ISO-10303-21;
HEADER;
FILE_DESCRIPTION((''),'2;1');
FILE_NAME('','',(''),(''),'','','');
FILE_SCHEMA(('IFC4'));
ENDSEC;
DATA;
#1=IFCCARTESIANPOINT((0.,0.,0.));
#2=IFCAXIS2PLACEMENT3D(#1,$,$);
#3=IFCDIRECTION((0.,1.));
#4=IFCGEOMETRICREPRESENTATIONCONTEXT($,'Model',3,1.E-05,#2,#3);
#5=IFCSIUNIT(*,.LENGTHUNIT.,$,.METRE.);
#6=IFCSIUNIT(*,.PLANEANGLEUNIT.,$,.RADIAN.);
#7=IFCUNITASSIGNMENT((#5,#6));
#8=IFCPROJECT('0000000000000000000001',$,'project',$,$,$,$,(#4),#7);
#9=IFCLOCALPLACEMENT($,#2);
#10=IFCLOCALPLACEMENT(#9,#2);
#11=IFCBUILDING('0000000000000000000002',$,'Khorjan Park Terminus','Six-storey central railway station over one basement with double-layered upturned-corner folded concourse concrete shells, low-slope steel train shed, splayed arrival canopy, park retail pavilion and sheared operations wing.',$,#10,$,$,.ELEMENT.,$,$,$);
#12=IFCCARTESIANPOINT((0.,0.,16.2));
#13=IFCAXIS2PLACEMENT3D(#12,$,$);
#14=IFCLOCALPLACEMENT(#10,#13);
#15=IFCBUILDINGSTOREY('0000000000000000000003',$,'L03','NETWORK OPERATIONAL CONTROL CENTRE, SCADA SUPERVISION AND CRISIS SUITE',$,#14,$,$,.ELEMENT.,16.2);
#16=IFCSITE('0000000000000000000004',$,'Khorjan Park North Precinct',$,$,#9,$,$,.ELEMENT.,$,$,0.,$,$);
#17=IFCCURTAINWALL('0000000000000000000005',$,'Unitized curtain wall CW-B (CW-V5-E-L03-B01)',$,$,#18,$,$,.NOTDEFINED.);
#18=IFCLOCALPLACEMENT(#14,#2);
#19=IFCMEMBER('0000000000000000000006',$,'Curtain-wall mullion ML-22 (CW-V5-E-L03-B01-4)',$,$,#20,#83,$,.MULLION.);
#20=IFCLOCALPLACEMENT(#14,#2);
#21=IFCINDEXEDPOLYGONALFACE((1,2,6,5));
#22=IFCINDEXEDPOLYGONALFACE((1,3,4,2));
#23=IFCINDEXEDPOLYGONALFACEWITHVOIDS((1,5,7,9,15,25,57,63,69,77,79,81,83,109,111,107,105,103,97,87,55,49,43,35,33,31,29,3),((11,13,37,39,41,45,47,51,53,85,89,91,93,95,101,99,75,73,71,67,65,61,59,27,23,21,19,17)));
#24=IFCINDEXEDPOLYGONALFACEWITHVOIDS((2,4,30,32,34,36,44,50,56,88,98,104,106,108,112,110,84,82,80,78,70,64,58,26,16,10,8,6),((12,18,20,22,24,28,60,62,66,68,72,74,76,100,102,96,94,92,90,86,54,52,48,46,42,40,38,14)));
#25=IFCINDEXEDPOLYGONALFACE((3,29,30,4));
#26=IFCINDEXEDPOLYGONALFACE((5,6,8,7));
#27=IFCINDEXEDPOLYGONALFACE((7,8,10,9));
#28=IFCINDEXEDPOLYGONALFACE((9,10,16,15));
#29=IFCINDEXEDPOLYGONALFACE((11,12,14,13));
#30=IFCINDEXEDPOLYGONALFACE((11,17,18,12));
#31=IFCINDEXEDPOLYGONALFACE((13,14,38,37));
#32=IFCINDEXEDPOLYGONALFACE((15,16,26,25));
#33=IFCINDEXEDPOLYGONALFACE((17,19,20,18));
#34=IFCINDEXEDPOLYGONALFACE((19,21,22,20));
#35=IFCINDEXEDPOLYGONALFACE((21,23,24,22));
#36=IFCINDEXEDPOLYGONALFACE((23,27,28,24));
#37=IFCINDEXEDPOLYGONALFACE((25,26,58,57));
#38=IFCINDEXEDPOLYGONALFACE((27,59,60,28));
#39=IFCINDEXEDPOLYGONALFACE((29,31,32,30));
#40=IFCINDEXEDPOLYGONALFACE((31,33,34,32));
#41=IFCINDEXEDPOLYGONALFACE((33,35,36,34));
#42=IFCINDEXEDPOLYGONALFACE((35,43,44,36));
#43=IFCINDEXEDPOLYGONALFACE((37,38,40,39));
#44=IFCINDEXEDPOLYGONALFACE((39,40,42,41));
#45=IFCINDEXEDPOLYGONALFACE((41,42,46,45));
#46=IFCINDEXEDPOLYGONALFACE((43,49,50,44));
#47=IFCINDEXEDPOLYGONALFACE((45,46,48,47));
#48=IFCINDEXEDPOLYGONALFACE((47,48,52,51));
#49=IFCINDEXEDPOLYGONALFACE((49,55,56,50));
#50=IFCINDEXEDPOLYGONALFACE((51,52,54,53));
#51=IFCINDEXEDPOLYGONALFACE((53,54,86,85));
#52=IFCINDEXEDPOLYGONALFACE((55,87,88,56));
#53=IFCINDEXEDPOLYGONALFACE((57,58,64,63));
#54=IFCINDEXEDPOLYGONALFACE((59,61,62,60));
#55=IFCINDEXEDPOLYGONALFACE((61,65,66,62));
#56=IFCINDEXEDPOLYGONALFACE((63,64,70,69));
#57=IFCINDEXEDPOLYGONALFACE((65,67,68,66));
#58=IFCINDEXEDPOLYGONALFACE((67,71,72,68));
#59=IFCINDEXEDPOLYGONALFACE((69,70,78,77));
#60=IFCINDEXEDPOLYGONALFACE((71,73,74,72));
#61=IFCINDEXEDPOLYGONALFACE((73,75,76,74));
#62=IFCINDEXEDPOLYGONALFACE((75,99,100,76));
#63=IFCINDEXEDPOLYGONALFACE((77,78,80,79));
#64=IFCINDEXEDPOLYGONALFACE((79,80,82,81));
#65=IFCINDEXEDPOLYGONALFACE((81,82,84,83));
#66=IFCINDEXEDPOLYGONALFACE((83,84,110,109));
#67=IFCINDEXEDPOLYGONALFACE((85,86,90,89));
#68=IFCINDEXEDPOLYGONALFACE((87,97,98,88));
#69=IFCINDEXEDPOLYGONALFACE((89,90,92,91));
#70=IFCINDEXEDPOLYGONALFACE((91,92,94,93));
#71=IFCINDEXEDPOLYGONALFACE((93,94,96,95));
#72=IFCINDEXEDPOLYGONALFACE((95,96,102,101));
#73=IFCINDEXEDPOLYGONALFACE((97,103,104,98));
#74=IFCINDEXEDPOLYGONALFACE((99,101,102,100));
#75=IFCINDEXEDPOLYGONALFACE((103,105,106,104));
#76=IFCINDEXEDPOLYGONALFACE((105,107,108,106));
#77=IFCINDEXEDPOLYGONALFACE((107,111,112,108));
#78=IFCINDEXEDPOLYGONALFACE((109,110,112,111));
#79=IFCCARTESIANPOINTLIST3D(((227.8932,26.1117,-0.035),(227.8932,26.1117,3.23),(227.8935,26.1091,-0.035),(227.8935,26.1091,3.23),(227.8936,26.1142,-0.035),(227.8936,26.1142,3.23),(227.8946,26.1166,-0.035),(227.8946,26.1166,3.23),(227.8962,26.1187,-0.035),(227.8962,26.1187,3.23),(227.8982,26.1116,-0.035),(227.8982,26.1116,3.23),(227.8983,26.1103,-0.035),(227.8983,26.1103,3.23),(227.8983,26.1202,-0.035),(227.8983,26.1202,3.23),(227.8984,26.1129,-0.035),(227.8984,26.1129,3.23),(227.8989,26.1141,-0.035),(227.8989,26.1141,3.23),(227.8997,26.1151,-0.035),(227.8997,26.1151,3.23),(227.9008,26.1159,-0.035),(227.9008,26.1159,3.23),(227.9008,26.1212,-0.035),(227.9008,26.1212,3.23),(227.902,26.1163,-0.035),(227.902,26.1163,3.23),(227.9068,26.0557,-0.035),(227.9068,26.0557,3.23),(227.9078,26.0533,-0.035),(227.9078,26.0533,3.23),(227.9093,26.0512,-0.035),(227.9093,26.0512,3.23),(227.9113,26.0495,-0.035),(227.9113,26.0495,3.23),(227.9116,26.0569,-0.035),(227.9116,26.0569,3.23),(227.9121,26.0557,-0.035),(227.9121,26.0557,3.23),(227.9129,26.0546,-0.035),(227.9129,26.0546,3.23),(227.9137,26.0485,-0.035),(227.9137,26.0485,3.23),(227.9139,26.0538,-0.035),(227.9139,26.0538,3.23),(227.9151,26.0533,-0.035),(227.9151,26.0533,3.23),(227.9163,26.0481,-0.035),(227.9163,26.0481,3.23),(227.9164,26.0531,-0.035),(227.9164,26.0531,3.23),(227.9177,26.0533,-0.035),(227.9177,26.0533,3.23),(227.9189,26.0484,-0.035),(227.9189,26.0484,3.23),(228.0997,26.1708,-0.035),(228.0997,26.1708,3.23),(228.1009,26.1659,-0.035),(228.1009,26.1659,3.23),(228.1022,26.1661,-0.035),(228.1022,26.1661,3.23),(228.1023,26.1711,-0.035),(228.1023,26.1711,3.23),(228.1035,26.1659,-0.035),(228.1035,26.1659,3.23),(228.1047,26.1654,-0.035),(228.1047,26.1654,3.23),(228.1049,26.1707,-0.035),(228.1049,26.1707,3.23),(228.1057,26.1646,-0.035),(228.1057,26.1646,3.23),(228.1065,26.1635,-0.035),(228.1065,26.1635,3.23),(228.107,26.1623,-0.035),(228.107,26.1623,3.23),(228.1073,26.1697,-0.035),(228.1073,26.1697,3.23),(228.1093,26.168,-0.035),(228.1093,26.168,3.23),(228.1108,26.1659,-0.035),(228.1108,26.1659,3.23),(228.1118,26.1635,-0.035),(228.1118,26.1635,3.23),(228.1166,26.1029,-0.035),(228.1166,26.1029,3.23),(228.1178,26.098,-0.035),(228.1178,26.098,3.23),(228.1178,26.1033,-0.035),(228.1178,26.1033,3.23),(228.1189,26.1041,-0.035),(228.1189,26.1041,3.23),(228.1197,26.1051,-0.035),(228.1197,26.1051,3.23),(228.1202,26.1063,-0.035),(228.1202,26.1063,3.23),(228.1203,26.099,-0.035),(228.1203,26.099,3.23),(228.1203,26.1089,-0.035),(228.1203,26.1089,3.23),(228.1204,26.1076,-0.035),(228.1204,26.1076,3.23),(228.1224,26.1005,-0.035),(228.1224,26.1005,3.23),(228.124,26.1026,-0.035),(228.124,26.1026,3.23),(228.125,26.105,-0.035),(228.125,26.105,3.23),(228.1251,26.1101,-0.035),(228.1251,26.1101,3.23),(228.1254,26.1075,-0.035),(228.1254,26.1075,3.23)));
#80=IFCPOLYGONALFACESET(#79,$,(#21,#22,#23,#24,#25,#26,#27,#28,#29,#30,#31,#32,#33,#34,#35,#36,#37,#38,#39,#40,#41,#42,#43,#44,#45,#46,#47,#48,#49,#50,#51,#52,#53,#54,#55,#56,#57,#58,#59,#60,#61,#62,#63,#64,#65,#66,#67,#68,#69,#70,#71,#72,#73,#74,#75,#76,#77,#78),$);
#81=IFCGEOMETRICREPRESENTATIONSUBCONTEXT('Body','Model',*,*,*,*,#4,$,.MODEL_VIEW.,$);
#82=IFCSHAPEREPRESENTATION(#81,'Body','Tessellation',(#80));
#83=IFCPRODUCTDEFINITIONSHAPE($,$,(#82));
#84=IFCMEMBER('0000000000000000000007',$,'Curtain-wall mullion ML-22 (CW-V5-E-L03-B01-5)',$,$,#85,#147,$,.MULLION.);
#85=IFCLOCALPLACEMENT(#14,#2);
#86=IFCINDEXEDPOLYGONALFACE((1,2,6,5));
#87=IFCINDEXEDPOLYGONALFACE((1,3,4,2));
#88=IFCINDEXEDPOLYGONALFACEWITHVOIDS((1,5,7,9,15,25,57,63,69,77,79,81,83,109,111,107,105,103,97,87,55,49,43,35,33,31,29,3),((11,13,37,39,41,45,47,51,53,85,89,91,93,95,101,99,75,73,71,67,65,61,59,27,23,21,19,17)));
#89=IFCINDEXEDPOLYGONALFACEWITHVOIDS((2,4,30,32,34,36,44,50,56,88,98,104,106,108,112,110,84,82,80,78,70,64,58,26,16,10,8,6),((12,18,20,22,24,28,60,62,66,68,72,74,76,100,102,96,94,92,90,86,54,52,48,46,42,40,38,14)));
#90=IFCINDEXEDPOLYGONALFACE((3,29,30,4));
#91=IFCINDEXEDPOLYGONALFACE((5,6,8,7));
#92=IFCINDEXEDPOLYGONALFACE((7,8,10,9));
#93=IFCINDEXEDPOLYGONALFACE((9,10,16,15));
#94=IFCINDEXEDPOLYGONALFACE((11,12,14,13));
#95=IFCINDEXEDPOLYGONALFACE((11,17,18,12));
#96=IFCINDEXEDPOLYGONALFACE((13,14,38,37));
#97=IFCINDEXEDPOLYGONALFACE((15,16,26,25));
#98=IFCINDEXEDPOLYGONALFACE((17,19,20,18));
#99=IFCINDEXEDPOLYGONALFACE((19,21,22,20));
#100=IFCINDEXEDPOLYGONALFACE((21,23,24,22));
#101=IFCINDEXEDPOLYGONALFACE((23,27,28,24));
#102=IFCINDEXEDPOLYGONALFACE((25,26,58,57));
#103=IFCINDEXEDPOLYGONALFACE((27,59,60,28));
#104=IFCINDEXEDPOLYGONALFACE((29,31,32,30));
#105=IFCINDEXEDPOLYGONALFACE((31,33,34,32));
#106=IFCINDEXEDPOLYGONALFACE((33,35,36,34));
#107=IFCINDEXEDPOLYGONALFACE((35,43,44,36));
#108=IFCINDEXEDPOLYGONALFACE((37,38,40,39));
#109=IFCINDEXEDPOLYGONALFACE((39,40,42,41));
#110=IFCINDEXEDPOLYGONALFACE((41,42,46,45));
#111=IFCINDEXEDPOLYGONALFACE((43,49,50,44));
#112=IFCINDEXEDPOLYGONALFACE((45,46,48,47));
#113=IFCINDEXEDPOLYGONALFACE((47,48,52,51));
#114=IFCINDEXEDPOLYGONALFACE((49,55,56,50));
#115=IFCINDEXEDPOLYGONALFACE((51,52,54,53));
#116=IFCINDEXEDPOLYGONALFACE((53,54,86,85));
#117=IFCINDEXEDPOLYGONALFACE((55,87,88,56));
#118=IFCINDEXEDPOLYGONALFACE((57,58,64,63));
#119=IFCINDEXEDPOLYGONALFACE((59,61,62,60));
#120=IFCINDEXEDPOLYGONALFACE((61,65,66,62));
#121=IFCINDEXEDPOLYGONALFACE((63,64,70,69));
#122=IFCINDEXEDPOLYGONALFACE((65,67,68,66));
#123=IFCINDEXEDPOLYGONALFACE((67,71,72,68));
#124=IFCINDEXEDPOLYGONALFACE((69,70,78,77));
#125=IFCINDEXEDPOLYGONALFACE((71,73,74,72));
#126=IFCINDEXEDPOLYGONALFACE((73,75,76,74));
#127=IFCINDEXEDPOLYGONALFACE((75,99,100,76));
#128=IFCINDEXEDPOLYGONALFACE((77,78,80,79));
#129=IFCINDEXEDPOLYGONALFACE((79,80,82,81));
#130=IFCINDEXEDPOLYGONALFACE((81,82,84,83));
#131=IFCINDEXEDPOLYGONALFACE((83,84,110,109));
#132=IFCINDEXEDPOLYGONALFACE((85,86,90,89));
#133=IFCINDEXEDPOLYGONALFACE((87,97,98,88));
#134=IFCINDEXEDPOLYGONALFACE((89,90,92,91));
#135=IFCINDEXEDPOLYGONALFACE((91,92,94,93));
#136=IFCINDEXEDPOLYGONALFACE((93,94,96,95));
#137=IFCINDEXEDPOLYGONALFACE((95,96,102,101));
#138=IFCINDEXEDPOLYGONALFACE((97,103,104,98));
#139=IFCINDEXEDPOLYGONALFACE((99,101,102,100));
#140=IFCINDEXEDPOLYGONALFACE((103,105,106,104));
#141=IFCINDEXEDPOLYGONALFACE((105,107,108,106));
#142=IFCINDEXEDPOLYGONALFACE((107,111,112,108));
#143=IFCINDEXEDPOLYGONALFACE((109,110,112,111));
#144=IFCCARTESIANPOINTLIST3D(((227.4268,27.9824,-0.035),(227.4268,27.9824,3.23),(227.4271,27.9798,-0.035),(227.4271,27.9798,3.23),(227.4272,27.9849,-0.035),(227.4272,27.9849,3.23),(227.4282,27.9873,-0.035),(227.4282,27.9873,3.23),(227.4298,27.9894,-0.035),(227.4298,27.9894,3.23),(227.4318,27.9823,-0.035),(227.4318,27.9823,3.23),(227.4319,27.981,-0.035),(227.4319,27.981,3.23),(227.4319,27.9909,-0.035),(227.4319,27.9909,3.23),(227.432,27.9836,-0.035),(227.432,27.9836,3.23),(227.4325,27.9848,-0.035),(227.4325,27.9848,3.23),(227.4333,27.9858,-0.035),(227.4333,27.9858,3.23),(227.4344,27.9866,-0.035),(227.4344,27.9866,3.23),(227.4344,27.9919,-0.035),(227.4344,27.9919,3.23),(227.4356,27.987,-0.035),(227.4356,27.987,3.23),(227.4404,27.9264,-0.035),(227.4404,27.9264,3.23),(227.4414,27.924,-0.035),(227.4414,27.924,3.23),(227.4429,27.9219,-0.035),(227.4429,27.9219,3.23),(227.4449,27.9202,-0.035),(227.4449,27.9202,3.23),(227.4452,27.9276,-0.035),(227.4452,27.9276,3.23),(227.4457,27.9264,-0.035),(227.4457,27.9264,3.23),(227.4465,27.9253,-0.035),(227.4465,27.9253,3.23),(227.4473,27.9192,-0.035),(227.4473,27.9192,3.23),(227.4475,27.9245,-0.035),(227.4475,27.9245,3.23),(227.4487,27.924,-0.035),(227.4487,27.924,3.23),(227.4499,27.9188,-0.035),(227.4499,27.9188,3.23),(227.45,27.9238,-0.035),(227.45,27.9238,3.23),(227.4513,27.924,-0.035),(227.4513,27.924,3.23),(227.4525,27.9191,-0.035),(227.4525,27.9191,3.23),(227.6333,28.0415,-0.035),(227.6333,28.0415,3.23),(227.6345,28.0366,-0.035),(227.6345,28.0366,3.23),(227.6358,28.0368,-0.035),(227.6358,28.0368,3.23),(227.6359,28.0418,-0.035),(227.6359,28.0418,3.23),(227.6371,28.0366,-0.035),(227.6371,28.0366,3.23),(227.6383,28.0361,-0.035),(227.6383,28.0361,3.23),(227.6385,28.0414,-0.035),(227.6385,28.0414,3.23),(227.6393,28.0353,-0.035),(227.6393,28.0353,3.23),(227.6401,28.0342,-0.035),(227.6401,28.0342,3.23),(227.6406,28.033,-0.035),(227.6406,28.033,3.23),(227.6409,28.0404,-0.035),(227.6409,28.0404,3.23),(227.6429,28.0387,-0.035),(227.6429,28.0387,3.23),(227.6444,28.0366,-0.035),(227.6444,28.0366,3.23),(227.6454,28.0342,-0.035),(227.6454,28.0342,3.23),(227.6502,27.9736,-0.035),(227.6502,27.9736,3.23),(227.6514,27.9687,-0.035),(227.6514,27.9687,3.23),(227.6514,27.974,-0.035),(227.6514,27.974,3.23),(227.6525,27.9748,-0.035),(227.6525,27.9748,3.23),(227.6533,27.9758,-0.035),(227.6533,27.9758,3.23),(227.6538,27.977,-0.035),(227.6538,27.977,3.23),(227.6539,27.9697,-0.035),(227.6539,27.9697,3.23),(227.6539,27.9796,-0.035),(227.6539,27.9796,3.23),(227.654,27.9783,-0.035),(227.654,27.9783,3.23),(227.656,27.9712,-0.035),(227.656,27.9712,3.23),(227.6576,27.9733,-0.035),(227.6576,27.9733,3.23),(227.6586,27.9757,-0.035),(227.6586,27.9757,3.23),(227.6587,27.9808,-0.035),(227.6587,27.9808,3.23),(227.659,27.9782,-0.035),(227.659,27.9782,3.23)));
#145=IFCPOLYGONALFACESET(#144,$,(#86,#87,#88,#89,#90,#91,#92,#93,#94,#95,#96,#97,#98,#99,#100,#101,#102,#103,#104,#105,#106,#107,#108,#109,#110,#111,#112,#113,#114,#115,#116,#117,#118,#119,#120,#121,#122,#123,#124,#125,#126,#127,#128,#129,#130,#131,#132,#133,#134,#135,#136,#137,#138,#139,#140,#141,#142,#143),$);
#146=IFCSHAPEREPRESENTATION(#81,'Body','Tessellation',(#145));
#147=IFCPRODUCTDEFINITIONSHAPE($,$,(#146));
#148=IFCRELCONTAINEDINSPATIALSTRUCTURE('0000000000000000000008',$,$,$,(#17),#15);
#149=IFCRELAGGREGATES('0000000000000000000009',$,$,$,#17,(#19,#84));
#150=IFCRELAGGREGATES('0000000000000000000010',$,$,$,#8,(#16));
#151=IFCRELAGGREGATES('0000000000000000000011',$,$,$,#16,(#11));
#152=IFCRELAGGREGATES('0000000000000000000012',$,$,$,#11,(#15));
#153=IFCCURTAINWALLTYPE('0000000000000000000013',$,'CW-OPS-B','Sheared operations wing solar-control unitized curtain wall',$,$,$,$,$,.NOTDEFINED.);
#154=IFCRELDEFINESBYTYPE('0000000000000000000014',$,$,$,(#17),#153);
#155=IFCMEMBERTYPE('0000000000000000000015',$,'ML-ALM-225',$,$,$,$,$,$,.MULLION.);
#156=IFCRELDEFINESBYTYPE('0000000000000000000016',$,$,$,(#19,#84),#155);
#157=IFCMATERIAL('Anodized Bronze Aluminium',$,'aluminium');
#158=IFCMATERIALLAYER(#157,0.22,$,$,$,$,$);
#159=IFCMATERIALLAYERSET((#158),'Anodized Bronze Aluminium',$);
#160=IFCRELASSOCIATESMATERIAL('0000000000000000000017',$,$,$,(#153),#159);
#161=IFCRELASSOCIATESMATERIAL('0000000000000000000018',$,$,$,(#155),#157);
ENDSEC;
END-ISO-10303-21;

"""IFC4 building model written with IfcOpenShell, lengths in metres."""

from ifc_helpers import new_model, si_unit, direction, frame, origin, origin_2d, place, context, subcontext, project, spatial, hollow_rectangle, extrude, material, layer, layer_set, material_profile, profile_set, type_object, element, aggregate, save


model = new_model("IFC4")

# Units and contexts
model_context = context("Model", 3, precision=1e-05, world=origin(), true_north=direction((0.0, 1.0)))
body_context = subcontext(model_context, "Body", "Model", "MODEL_VIEW")
ifc_project = project(units=[si_unit("LENGTHUNIT", "METRE"), si_unit("PLANEANGLEUNIT", "RADIAN")], contexts=[model_context])

# Site, building, storey
site_placement = place(None, origin())
site = spatial("IfcSite", under=ifc_project, at=site_placement, Name="Khorjan Park North Precinct", CompositionType="ELEMENT", RefElevation=0.0)
building_placement = place(site_placement, origin())
building = spatial("IfcBuilding", under=site, at=building_placement, Name="Khorjan Park Terminus", Description="Six-storey central railway station over one basement with double-layered upturned-corner folded concourse concrete shells, low-slope steel train shed, splayed arrival canopy, park retail pavilion and sheared operations wing.", CompositionType="ELEMENT")
storey_placement = place(building_placement, frame((0.0, 0.0, 16.2)))
storey = spatial("IfcBuildingStorey", under=building, at=storey_placement, Name="L03", Description="NETWORK OPERATIONAL CONTROL CENTRE, SCADA SUPERVISION AND CRISIS SUITE", CompositionType="ELEMENT", Elevation=16.2)

# Curtain wall, members
ifc_material_1 = material(Name="Anodized Bronze Aluminium", Category="aluminium")
ifc_layer_1 = layer(ifc_material_1, 0.22)
ifc_layer_set_1 = layer_set([ifc_layer_1], Name="Anodized Bronze Aluminium")
curtain_wall_type = type_object("IfcCurtainWallType", Name="CW-OPS-B", Description="Sheared operations wing solar-control unitized curtain wall", PredefinedType="NOTDEFINED", material=ifc_layer_set_1)
curtain_wall_placement = place(storey_placement, origin())
curtain_wall = element("IfcCurtainWall", 1, at=curtain_wall_placement, inside=storey, type_object=curtain_wall_type, Name="Unitized curtain wall CW-B (CW-V5-E-L03-B01)", PredefinedType="NOTDEFINED")
ifc_material_profile_1 = material_profile(ifc_material_1, hollow_rectangle(XDim=0.075, YDim=0.225, WallThickness=0.005, InnerFilletRadius=0.005, OuterFilletRadius=0.01, at=origin_2d()), Name="ALM 75x225x5")
ifc_profile_set_1 = profile_set([ifc_material_profile_1], Name="Anodized Bronze Aluminium")
member_type_1 = type_object("IfcMemberType", Name="ML-ALM-225", PredefinedType="MULLION", material=ifc_profile_set_1)
member_1_placement = place(storey_placement, frame((228.0093, 26.1096, -0.035), z_axis=(0.0, 0.0, 1.0), x_axis=(-0.24192, 0.970296, 0.0)))
member_1 = element("IfcMember", 2, at=member_1_placement, type_object=member_type_1, Name="Curtain-wall mullion ML-22 (CW-V5-E-L03-B01-4)", PredefinedType="MULLION", context=body_context, shape_type="SweptSolid", body=[
    extrude(hollow_rectangle(XDim=0.075, YDim=0.225, WallThickness=0.005, InnerFilletRadius=0.005, OuterFilletRadius=0.01, at=origin_2d()), origin(), (0.0, 0.0, 1.0), 3.265),
])
member_2_placement = place(storey_placement, frame((227.5429, 27.9803, -0.035), z_axis=(0.0, 0.0, 1.0), x_axis=(-0.24192, 0.970296, 0.0)))
member_2 = element("IfcMember", 3, at=member_2_placement, type_object=member_type_1, Name="Curtain-wall mullion ML-22 (CW-V5-E-L03-B01-5)", PredefinedType="MULLION", context=body_context, shape_type="SweptSolid", body=[
    extrude(hollow_rectangle(XDim=0.075, YDim=0.225, WallThickness=0.005, InnerFilletRadius=0.005, OuterFilletRadius=0.01, at=origin_2d()), origin(), (0.0, 0.0, 1.0), 3.265),
])
aggregate(curtain_wall, [member_1, member_2])

save(model, "model.ifc")
